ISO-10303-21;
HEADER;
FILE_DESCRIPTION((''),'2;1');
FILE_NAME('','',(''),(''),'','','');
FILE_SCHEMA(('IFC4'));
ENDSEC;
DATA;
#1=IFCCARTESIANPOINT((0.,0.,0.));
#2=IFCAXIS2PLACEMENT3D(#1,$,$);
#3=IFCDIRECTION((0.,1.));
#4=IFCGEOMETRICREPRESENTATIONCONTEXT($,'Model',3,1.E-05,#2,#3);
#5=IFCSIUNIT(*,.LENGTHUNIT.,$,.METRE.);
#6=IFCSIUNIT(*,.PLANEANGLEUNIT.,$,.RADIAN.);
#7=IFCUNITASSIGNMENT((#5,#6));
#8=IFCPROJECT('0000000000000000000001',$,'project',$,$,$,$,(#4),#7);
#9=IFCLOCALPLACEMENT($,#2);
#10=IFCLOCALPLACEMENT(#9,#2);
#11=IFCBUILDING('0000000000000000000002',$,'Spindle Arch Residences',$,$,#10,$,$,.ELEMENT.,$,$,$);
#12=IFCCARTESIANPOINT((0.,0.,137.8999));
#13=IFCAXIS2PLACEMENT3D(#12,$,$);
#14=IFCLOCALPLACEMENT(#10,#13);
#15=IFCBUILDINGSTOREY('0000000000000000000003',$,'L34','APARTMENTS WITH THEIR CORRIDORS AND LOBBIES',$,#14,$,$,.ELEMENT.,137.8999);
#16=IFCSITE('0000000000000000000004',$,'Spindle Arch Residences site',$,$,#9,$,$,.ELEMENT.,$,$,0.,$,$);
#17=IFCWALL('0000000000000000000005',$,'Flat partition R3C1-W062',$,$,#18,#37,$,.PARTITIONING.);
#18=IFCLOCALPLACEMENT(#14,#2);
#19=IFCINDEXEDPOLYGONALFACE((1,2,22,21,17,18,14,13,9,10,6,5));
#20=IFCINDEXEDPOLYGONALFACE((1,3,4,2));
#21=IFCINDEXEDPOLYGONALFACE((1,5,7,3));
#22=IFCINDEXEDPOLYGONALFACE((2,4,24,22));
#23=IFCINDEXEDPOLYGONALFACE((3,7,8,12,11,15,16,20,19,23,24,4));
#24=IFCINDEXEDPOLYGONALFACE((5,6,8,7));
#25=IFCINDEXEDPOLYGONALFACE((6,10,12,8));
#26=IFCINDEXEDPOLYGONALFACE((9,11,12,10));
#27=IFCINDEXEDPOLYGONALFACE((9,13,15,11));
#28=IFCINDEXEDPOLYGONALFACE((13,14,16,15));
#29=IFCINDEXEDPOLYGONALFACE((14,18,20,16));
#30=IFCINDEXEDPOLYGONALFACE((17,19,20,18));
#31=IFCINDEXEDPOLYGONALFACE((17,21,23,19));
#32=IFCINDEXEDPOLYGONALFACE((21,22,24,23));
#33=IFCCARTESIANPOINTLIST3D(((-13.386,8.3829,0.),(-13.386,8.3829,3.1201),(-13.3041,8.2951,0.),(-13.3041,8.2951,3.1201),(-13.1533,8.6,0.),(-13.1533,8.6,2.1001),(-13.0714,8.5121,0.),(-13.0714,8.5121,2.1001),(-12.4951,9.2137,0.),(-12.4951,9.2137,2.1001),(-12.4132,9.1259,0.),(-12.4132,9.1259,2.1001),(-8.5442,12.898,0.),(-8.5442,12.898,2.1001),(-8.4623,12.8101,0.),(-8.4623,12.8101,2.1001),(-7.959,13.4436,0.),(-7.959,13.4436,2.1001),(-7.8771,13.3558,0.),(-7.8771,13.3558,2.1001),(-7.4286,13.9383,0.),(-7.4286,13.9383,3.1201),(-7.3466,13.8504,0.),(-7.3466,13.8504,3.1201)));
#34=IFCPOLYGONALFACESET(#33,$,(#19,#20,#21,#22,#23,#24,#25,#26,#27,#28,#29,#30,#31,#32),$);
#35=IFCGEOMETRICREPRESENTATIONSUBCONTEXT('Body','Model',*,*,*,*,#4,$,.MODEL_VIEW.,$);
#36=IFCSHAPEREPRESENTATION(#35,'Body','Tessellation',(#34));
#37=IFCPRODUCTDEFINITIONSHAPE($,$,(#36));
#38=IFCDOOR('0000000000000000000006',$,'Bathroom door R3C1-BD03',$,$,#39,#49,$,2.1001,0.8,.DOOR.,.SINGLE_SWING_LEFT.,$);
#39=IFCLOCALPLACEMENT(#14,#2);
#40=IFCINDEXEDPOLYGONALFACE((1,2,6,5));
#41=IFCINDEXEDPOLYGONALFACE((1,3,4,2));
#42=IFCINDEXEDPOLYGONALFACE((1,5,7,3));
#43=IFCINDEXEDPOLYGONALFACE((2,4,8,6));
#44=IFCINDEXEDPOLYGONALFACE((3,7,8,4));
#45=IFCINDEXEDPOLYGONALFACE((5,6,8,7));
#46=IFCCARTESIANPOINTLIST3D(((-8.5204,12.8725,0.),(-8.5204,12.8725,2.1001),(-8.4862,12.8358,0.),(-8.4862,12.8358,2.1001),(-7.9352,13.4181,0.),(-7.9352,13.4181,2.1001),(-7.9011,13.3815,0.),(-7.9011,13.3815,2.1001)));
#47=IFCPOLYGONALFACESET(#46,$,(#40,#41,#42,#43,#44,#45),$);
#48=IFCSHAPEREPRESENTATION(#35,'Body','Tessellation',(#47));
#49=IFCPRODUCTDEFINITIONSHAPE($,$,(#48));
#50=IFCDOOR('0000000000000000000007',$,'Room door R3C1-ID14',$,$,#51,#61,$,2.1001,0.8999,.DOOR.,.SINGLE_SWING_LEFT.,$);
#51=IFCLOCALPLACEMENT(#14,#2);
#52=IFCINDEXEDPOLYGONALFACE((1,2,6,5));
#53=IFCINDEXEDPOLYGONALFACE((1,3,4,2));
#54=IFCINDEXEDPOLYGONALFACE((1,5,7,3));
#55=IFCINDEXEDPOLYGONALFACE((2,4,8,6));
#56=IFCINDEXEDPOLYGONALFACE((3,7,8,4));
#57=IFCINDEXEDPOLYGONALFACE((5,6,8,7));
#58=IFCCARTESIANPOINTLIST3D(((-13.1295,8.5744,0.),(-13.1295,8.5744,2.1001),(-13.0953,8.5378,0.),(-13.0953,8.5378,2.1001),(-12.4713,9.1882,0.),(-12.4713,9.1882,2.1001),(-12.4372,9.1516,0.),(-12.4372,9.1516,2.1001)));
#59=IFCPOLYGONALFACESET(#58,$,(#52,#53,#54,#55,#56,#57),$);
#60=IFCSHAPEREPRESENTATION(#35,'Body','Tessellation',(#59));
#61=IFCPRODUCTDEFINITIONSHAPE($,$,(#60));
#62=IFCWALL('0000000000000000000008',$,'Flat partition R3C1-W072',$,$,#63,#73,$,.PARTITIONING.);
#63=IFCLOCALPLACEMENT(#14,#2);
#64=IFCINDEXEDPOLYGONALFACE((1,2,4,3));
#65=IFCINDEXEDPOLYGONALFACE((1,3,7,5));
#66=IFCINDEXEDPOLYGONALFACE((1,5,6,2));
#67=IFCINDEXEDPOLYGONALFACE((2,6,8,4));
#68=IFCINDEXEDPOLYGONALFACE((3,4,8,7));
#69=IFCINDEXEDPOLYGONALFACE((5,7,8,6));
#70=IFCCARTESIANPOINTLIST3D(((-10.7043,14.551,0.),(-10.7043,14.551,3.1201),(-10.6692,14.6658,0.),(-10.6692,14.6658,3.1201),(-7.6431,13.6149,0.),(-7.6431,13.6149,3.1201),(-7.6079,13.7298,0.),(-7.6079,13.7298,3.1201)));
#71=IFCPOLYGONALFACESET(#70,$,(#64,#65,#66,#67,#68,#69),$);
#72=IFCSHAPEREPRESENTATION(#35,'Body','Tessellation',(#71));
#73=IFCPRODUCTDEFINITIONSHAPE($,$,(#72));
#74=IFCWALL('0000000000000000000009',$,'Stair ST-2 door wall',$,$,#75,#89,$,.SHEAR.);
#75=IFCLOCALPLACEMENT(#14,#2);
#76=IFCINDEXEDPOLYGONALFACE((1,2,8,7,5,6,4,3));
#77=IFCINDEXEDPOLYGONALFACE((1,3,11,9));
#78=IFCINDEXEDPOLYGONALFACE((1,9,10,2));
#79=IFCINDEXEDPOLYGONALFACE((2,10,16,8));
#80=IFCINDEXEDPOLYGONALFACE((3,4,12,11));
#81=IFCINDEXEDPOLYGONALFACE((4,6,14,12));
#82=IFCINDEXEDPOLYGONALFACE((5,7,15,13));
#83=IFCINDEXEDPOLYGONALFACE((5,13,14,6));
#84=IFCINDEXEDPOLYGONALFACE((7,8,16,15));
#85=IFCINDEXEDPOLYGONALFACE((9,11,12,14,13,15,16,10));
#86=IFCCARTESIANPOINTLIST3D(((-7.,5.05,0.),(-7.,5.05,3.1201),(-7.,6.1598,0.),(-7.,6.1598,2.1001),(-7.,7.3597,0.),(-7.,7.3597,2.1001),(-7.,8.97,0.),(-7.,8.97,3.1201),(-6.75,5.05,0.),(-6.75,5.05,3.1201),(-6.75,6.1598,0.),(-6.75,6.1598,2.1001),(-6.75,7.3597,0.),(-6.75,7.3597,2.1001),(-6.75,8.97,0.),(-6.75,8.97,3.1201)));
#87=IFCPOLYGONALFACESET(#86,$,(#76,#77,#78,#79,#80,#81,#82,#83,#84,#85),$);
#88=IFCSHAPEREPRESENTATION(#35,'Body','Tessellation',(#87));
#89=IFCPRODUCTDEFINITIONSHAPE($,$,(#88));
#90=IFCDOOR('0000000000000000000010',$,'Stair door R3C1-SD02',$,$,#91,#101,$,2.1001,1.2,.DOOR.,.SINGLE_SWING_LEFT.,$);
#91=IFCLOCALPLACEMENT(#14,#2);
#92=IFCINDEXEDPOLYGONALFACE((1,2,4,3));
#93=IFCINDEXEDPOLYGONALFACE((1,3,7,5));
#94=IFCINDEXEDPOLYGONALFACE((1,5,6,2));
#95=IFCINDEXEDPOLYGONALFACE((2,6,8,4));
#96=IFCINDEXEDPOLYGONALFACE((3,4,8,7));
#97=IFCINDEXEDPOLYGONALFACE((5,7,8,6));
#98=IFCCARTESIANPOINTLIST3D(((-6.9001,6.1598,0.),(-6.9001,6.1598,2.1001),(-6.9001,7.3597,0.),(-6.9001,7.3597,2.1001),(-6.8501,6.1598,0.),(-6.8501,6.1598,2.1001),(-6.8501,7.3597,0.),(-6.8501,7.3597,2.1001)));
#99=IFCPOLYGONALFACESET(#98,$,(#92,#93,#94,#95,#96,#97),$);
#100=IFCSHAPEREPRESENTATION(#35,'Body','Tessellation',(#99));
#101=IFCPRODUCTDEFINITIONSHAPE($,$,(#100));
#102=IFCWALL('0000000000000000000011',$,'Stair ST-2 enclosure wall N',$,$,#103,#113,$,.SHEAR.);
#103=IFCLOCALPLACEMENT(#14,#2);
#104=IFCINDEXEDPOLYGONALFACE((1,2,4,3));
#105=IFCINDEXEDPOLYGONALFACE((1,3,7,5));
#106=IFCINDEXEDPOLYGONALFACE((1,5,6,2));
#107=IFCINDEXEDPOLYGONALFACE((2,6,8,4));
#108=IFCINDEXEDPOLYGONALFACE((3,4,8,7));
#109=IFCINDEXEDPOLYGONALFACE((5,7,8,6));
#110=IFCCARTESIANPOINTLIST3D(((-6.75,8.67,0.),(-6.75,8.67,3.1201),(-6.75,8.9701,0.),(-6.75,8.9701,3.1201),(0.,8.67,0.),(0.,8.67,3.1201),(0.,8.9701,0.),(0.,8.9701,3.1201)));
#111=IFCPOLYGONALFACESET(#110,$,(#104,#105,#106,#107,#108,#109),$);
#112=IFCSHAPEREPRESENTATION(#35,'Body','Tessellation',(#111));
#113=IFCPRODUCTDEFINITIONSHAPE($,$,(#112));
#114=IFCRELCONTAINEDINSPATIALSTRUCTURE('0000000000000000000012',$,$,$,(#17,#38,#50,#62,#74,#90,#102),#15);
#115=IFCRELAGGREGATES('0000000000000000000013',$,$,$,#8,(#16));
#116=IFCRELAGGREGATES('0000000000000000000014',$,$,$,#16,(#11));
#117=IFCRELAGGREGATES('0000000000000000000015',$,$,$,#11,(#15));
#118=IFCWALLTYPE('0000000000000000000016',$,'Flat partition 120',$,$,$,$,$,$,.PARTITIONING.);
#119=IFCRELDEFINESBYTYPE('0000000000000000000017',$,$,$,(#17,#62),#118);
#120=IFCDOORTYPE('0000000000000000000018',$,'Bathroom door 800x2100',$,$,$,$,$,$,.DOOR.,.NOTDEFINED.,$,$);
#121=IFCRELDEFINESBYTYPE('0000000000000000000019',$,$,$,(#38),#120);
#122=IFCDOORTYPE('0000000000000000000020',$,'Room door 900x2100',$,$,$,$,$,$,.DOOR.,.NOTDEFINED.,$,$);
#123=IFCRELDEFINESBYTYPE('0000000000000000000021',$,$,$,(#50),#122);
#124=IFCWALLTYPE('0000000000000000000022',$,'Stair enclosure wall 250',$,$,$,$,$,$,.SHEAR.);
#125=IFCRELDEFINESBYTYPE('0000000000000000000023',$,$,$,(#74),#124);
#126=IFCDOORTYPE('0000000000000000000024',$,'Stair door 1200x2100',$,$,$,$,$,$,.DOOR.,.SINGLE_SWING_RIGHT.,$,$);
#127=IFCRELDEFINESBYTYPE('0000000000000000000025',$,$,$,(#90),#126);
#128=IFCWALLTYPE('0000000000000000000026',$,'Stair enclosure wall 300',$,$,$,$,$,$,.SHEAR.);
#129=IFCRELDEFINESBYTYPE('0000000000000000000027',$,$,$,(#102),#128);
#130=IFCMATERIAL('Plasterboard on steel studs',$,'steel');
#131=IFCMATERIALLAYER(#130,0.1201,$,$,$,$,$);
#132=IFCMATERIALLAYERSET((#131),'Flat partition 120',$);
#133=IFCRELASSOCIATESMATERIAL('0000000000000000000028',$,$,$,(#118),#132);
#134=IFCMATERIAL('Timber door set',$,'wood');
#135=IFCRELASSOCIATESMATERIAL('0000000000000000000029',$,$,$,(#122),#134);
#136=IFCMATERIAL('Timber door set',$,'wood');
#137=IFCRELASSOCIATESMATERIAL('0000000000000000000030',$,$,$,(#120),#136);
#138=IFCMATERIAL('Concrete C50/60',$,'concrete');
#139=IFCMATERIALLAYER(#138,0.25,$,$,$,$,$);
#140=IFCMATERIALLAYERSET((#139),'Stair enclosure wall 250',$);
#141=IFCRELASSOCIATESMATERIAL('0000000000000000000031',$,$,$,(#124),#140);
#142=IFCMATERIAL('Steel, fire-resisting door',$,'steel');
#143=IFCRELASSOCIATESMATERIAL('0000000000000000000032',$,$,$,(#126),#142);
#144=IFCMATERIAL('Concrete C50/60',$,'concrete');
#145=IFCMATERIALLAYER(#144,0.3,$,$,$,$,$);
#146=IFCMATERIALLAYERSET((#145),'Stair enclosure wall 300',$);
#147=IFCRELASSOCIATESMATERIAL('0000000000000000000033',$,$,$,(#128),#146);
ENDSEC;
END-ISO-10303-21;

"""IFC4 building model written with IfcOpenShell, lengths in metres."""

from ifc_helpers import new_model, si_unit, direction, frame, frame_2d, origin, place, context, subcontext, project, spatial, rectangle, extrude, material, layer, layer_set, type_object, element, fill, save


model = new_model("IFC4")

# Units and contexts
model_context = context("Model", 3, precision=1e-05, world=origin(), true_north=direction((0.0, 1.0)))
body_context = subcontext(model_context, "Body", "Model", "MODEL_VIEW")
ifc_project = project(units=[si_unit("LENGTHUNIT", "METRE"), si_unit("PLANEANGLEUNIT", "RADIAN")], contexts=[model_context])

# Site, building, storey
site_placement = place(None, origin())
site = spatial("IfcSite", under=ifc_project, at=site_placement, Name="Spindle Arch Residences site", CompositionType="ELEMENT", RefElevation=0.0)
building_placement = place(site_placement, origin())
building = spatial("IfcBuilding", under=site, at=building_placement, Name="Spindle Arch Residences", CompositionType="ELEMENT")
storey_placement = place(building_placement, frame((0.0, 0.0, 137.8999)))
storey = spatial("IfcBuildingStorey", under=building, at=storey_placement, Name="L34", Description="APARTMENTS WITH THEIR CORRIDORS AND LOBBIES", CompositionType="ELEMENT", Elevation=137.8999)

# Shared definitions
ifc_material_1 = material(Name="Plasterboard on steel studs", Category="steel")
ifc_layer_1 = layer(ifc_material_1, 0.1201)
ifc_layer_set_1 = layer_set([ifc_layer_1], Name="Flat partition 120")
wall_type_1 = type_object("IfcWallType", Name="Flat partition 120", PredefinedType="PARTITIONING", material=ifc_layer_set_1)
ifc_material_2 = material(Name="Timber door set", Category="wood")
door_type_1 = type_object("IfcDoorType", Name="Room door 900x2100", OperationType="NOTDEFINED", PredefinedType="DOOR", material=ifc_material_2)

# Wall, openings, doors
wall_1_placement = place(storey_placement, frame((-7.3877, 13.8943, 0.0), z_axis=(0.0, 0.0, 1.0), x_axis=(-0.731357, -0.681995, 0.0)))
wall_1 = element("IfcWall", 1, at=wall_1_placement, inside=storey, type_object=wall_type_1, Name="Flat partition R3C1-W062", PredefinedType="PARTITIONING", context=body_context, shape_type="SweptSolid", body=[
    extrude(rectangle(XDim=8.1458, YDim=0.1201, at=frame_2d((4.0728, 0.0))), origin(), (0.0, 0.0, 1.0), 3.1201),
])
opening_1_placement = place(wall_1_placement, frame((0.7253, 0.0, 0.0)))
opening_1 = element("IfcOpeningElement", 2, at=opening_1_placement, cuts=wall_1, PredefinedType="OPENING", context=body_context, shape_type="SweptSolid", body=[
    extrude(rectangle(XDim=0.8, YDim=2.1001, at=frame_2d((0.3999, 1.05))), frame((0.0, 0.0701, 0.0), z_axis=(0.0, -1.0, 0.0), x_axis=(1.0, 0.0, 0.0)), (0.0, 0.0, 1.0), 0.1401),
])
opening_2_placement = place(wall_1_placement, frame((6.9275, 0.0, 0.0)))
opening_2 = element("IfcOpeningElement", 3, at=opening_2_placement, cuts=wall_1, PredefinedType="OPENING", context=body_context, shape_type="SweptSolid", body=[
    extrude(rectangle(XDim=0.8999, YDim=2.1001, at=frame_2d((0.45, 1.05))), frame((0.0, 0.0701, 0.0), z_axis=(0.0, -1.0, 0.0), x_axis=(1.0, 0.0, 0.0)), (0.0, 0.0, 1.0), 0.1401),
])
ifc_material_3 = material(Name="Timber door set", Category="wood")
door_type_2 = type_object("IfcDoorType", Name="Bathroom door 800x2100", OperationType="NOTDEFINED", PredefinedType="DOOR", material=ifc_material_3)
door_1_placement = place(opening_1_placement, origin())
door_1 = element("IfcDoor", 4, at=door_1_placement, inside=storey, type_object=door_type_2, Name="Bathroom door R3C1-BD03", OperationType="SINGLE_SWING_LEFT", OverallHeight=2.1001, OverallWidth=0.8, PredefinedType="DOOR", context=body_context, shape_type="SweptSolid", body=[
    extrude(rectangle(XDim=0.8, YDim=2.1001, at=frame_2d((0.3999, 1.05))), frame((0.0, 0.0249, 0.0), z_axis=(0.0, -1.0, 0.0), x_axis=(1.0, 0.0, 0.0)), (0.0, 0.0, 1.0), 0.05),
])
fill(opening_1, door_1)
door_2_placement = place(opening_2_placement, origin())
door_2 = element("IfcDoor", 5, at=door_2_placement, inside=storey, type_object=door_type_1, Name="Room door R3C1-ID14", OperationType="SINGLE_SWING_LEFT", OverallHeight=2.1001, OverallWidth=0.8999, PredefinedType="DOOR", context=body_context, shape_type="SweptSolid", body=[
    extrude(rectangle(XDim=0.8999, YDim=2.1001, at=frame_2d((0.45, 1.05))), frame((0.0, 0.0249, 0.0), z_axis=(0.0, -1.0, 0.0), x_axis=(1.0, 0.0, 0.0)), (0.0, 0.0, 1.0), 0.05),
])
fill(opening_2, door_2)

# Wall
wall_2_placement = place(storey_placement, frame((-10.6868, 14.6084, 0.0), z_axis=(0.0, 0.0, 1.0), x_axis=(0.956295, -0.292403, 0.0)))
element("IfcWall", 6, at=wall_2_placement, inside=storey, type_object=wall_type_1, Name="Flat partition R3C1-W072", PredefinedType="PARTITIONING", context=body_context, shape_type="SweptSolid", body=[
    extrude(rectangle(XDim=3.2012, YDim=0.1201, at=frame_2d((1.6006, 0.0))), origin(), (0.0, 0.0, 1.0), 3.1201),
])

# Wall, opening, door
ifc_material_4 = material(Name="Concrete C50/60", Category="concrete")
ifc_layer_2 = layer(ifc_material_4, 0.25)
ifc_layer_set_2 = layer_set([ifc_layer_2], Name="Stair enclosure wall 250")
wall_type_2 = type_object("IfcWallType", Name="Stair enclosure wall 250", PredefinedType="SHEAR", material=ifc_layer_set_2)
wall_3_placement = place(storey_placement, frame((-6.875, 8.97, 0.0), z_axis=(0.0, 0.0, 1.0), x_axis=(0.0, -1.0, 0.0)))
wall_3 = element("IfcWall", 7, at=wall_3_placement, inside=storey, type_object=wall_type_2, Name="Stair ST-2 door wall", PredefinedType="SHEAR", context=body_context, shape_type="SweptSolid", body=[
    extrude(rectangle(XDim=3.9199, YDim=0.25, at=frame_2d((1.96, 0.0))), origin(), (0.0, 0.0, 1.0), 3.1201),
])
opening_3_placement = place(wall_3_placement, frame((1.6101, 0.0, 0.0)))
opening_3 = element("IfcOpeningElement", 8, at=opening_3_placement, cuts=wall_3, PredefinedType="OPENING", context=body_context, shape_type="SweptSolid", body=[
    extrude(rectangle(XDim=1.2, YDim=2.1001, at=frame_2d((0.6001, 1.05))), frame((0.0, 0.135, 0.0), z_axis=(0.0, -1.0, 0.0), x_axis=(1.0, 0.0, 0.0)), (0.0, 0.0, 1.0), 0.27),
])
ifc_material_5 = material(Name="Steel, fire-resisting door", Category="steel")
door_type_3 = type_object("IfcDoorType", Name="Stair door 1200x2100", OperationType="SINGLE_SWING_RIGHT", PredefinedType="DOOR", material=ifc_material_5)
door_3_placement = place(opening_3_placement, origin())
door_3 = element("IfcDoor", 9, at=door_3_placement, inside=storey, type_object=door_type_3, Name="Stair door R3C1-SD02", OperationType="SINGLE_SWING_LEFT", OverallHeight=2.1001, OverallWidth=1.2, PredefinedType="DOOR", context=body_context, shape_type="SweptSolid", body=[
    extrude(rectangle(XDim=1.2, YDim=2.1001, at=frame_2d((0.6001, 1.05))), frame((0.0, 0.0249, 0.0), z_axis=(0.0, -1.0, 0.0), x_axis=(1.0, 0.0, 0.0)), (0.0, 0.0, 1.0), 0.05),
])
fill(opening_3, door_3)

# Wall
ifc_material_6 = material(Name="Concrete C50/60", Category="concrete")
ifc_layer_3 = layer(ifc_material_6, 0.3)
ifc_layer_set_3 = layer_set([ifc_layer_3], Name="Stair enclosure wall 300")
wall_type_3 = type_object("IfcWallType", Name="Stair enclosure wall 300", PredefinedType="SHEAR", material=ifc_layer_set_3)
wall_4_placement = place(storey_placement, frame((-6.75, 8.8201, 0.0), z_axis=(0.0, 0.0, 1.0), x_axis=(1.0, 0.0, 0.0)))
element("IfcWall", 10, at=wall_4_placement, inside=storey, type_object=wall_type_3, Name="Stair ST-2 enclosure wall N", PredefinedType="SHEAR", context=body_context, shape_type="SweptSolid", body=[
    extrude(rectangle(XDim=6.75, YDim=0.3, at=frame_2d((3.375, 0.0))), origin(), (0.0, 0.0, 1.0), 3.1201),
])

save(model, "model.ifc")
